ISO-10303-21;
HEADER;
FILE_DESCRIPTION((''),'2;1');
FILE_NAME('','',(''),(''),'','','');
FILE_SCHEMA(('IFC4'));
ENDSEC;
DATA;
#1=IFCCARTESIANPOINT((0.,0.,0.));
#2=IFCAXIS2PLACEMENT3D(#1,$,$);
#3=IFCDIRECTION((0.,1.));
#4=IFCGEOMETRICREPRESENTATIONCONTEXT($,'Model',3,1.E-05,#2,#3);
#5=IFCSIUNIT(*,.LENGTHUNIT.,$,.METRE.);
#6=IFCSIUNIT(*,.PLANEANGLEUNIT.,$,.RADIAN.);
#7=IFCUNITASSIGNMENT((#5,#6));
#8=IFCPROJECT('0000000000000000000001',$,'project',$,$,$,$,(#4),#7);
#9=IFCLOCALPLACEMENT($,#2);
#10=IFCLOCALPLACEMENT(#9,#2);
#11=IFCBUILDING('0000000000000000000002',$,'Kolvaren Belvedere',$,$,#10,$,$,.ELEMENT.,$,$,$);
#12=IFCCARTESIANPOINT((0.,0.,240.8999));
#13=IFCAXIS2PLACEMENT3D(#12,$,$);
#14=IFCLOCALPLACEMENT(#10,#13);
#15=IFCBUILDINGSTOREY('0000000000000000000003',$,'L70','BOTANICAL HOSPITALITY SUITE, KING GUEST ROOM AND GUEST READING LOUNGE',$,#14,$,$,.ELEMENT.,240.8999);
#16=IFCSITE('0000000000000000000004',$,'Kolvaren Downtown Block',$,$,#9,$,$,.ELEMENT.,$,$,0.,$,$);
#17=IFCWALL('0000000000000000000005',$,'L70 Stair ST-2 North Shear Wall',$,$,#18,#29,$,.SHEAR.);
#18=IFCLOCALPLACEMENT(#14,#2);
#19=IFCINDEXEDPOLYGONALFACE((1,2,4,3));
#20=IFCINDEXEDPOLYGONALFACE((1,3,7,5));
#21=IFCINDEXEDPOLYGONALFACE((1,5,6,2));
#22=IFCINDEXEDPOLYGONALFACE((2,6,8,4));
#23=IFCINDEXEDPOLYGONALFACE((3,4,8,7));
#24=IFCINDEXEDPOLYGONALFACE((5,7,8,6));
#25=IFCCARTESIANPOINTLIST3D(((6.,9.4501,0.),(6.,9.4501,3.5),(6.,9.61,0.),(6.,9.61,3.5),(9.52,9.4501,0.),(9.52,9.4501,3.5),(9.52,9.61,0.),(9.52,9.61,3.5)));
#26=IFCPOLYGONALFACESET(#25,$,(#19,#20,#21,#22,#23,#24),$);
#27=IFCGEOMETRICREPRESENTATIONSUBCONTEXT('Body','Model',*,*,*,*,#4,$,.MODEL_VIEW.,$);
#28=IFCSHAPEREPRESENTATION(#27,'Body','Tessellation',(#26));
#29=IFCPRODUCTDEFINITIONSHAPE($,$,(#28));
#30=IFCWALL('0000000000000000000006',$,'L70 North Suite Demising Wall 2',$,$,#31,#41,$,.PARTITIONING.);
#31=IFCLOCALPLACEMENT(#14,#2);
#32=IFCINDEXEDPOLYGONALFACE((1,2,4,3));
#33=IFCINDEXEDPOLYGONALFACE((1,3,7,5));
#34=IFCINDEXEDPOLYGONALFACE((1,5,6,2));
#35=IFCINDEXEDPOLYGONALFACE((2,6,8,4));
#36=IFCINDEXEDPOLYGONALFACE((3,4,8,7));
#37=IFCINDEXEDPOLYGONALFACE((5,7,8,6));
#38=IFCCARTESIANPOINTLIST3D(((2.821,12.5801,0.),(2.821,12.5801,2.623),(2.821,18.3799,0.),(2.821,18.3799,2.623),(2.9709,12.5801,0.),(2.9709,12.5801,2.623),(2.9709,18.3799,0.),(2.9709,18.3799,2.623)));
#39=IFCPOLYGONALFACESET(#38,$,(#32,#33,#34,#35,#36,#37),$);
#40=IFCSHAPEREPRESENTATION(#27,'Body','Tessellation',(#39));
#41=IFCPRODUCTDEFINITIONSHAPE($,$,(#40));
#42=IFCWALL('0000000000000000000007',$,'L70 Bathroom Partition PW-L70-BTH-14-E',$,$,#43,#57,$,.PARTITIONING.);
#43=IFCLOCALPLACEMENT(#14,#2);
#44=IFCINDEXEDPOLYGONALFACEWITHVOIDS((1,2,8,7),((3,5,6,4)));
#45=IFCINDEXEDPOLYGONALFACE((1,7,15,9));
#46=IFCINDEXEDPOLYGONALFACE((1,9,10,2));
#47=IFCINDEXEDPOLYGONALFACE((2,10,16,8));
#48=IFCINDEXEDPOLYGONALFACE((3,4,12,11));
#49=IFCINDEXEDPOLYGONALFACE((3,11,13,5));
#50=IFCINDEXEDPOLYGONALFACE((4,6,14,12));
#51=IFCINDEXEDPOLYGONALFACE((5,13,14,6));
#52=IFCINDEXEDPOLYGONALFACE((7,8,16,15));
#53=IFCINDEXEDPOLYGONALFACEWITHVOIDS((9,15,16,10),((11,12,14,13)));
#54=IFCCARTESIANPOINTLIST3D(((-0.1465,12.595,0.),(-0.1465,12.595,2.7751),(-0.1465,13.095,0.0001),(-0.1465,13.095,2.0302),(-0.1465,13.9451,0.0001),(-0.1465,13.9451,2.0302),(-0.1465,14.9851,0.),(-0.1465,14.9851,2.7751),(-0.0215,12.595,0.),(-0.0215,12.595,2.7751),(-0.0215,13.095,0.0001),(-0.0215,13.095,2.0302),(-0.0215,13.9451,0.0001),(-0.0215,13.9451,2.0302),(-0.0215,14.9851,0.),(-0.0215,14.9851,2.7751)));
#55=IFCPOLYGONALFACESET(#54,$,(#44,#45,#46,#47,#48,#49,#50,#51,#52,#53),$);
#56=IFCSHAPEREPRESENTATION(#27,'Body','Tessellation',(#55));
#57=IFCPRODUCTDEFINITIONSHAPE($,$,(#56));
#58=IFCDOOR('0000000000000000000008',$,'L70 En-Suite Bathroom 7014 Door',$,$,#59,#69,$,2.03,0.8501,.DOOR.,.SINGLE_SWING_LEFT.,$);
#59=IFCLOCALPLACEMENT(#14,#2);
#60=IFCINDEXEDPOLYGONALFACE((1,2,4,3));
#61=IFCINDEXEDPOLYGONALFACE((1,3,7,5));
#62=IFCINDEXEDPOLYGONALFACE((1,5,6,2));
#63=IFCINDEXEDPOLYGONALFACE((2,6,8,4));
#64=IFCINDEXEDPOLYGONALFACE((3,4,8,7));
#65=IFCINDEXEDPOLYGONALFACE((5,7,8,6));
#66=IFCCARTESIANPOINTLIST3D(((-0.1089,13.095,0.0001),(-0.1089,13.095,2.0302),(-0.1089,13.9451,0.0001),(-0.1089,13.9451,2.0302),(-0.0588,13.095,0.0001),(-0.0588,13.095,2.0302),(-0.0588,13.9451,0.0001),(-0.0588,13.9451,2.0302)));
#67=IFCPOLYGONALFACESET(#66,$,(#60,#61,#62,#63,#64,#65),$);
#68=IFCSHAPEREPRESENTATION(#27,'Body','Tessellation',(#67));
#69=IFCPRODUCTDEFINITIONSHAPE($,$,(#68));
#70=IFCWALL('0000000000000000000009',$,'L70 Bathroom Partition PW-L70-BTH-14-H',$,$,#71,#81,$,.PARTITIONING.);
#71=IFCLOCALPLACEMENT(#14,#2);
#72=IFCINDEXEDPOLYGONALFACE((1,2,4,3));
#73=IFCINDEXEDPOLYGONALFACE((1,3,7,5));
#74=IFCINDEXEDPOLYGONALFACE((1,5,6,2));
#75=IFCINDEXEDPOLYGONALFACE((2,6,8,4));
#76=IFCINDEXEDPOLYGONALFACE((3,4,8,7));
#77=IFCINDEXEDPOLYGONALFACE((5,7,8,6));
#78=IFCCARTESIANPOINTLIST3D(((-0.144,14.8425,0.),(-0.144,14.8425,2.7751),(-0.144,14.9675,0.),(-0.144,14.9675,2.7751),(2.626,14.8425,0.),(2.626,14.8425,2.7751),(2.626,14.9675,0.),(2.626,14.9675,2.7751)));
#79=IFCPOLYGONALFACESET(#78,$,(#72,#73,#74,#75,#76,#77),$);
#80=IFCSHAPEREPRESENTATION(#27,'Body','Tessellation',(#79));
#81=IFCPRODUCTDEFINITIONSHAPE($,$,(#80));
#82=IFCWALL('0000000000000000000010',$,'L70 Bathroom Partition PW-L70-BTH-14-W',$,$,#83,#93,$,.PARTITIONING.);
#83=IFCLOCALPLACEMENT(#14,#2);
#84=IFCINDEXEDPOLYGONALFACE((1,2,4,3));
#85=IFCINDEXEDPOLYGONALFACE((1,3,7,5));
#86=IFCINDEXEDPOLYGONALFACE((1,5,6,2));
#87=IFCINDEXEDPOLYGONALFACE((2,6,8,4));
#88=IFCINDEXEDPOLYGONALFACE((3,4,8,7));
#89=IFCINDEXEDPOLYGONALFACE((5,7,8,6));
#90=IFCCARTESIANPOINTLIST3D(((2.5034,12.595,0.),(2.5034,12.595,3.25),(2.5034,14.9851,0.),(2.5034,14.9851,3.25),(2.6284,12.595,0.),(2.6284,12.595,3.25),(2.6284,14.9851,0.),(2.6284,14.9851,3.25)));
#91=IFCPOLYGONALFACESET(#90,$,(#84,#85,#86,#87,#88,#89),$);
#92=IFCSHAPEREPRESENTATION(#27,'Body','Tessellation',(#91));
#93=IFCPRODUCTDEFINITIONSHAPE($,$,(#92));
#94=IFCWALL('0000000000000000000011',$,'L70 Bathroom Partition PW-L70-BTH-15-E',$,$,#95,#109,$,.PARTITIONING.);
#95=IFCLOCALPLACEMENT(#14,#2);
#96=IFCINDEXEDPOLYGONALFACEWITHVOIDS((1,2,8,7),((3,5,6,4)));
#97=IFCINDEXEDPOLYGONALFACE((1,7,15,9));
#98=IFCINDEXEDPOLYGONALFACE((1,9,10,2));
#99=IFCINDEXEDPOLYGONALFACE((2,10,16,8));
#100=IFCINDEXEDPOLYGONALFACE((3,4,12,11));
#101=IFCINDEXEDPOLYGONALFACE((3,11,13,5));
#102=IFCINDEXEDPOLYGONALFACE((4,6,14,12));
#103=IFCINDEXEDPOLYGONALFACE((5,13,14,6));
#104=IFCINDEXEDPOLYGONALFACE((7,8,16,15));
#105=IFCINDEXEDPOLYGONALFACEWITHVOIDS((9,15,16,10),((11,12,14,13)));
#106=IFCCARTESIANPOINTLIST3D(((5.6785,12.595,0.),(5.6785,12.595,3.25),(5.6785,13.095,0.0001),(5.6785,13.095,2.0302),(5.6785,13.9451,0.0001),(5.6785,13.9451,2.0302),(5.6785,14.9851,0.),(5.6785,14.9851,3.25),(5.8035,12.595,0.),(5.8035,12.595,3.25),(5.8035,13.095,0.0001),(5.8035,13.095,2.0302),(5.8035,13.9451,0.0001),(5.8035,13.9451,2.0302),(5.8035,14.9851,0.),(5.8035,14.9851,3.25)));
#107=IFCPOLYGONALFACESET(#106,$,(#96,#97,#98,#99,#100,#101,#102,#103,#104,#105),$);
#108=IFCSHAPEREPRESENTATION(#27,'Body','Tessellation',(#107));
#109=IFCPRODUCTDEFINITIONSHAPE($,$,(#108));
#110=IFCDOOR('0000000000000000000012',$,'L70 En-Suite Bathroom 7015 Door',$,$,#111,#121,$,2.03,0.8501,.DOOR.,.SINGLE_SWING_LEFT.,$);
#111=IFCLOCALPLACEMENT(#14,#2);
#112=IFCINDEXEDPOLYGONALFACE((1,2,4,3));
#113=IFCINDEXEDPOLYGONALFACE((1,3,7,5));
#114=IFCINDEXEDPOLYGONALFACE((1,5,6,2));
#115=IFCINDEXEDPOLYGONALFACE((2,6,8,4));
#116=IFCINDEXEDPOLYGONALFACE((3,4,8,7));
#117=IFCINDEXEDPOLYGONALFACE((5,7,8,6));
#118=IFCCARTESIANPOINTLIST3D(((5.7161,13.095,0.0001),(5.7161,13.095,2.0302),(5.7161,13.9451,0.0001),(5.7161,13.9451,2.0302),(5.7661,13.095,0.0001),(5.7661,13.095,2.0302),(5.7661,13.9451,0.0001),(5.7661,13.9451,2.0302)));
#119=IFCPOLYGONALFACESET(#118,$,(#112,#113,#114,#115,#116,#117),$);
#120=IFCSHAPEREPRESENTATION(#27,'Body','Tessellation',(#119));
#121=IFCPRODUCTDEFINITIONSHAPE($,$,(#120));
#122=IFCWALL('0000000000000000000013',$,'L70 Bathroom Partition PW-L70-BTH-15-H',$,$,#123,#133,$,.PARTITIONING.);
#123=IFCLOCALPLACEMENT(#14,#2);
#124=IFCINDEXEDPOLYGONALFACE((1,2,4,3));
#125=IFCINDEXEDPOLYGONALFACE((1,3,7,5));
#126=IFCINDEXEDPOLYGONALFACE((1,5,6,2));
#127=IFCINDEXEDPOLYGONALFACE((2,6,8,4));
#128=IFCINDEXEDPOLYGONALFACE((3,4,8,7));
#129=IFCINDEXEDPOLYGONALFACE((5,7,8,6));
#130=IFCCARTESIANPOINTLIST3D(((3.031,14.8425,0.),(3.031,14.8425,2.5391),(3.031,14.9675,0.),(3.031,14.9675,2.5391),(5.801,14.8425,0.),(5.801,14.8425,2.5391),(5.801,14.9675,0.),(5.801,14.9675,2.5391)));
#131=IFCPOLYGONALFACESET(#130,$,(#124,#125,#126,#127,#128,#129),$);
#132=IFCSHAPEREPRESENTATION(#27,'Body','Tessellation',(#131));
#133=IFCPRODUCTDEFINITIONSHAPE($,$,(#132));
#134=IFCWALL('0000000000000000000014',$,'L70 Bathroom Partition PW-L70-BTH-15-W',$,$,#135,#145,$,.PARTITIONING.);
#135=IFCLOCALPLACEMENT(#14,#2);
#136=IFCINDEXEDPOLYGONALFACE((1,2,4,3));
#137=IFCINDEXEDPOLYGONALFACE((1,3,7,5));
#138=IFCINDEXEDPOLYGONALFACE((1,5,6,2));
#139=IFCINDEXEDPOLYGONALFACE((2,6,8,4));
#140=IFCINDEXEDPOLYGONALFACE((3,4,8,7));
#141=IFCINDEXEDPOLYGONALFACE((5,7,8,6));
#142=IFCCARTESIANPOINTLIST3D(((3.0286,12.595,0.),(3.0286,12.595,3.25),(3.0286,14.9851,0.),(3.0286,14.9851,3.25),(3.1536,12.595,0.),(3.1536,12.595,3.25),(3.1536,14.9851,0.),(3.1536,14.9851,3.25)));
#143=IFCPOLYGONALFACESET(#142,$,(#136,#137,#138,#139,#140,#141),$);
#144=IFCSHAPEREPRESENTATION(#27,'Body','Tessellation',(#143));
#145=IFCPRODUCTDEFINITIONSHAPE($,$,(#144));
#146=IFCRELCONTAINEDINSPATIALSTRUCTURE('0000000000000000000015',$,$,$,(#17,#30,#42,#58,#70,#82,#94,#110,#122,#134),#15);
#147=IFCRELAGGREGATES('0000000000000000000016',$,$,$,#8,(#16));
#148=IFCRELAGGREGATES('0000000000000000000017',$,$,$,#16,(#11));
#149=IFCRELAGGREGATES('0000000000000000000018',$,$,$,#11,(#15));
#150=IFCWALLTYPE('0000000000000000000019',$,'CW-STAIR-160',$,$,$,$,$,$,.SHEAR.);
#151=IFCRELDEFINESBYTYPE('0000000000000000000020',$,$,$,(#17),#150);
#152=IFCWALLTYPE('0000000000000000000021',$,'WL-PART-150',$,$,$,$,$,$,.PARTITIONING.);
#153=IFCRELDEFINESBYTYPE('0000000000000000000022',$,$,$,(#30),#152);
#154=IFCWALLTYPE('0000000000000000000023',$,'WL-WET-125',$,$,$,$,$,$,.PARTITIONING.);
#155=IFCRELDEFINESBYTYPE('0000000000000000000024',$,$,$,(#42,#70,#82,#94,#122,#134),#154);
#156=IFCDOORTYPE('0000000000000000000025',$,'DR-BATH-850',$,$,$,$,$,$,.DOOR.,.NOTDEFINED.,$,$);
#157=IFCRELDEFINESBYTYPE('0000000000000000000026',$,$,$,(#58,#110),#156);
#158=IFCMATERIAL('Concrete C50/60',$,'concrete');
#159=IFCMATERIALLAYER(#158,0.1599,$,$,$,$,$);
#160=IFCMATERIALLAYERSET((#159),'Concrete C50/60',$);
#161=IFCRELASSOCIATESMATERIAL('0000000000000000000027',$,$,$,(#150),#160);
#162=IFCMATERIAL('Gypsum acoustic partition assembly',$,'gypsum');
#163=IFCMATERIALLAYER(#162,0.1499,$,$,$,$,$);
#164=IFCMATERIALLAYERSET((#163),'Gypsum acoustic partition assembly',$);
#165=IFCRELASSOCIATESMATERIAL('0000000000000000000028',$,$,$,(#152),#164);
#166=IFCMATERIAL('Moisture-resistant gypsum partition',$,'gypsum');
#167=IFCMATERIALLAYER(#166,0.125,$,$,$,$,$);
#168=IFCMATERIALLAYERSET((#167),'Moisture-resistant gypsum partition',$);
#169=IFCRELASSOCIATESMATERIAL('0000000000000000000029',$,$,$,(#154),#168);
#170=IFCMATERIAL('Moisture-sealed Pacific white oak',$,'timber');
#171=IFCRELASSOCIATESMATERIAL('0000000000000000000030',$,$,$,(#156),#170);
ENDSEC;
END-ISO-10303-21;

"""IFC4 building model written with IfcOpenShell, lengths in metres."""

from ifc_helpers import new_model, si_unit, direction, frame, frame_2d, origin, place, context, subcontext, project, spatial, rectangle, extrude, material, layer, layer_set, type_object, element, fill, save


model = new_model("IFC4")

# Units and contexts
model_context = context("Model", 3, precision=1e-05, world=origin(), true_north=direction((0.0, 1.0)))
body_context = subcontext(model_context, "Body", "Model", "MODEL_VIEW")
ifc_project = project(units=[si_unit("LENGTHUNIT", "METRE"), si_unit("PLANEANGLEUNIT", "RADIAN")], contexts=[model_context])

# Site, building, storey
site_placement = place(None, origin())
site = spatial("IfcSite", under=ifc_project, at=site_placement, Name="Kolvaren Downtown Block", CompositionType="ELEMENT", RefElevation=0.0)
building_placement = place(site_placement, origin())
building = spatial("IfcBuilding", under=site, at=building_placement, Name="Kolvaren Belvedere", CompositionType="ELEMENT")
storey_placement = place(building_placement, frame((0.0, 0.0, 240.8999)))
storey = spatial("IfcBuildingStorey", under=building, at=storey_placement, Name="L70", Description="BOTANICAL HOSPITALITY SUITE, KING GUEST ROOM AND GUEST READING LOUNGE", CompositionType="ELEMENT", Elevation=240.8999)

# Walls
ifc_material_1 = material(Name="Concrete C50/60", Category="concrete")
ifc_layer_1 = layer(ifc_material_1, 0.1599)
ifc_layer_set_1 = layer_set([ifc_layer_1], Name="Concrete C50/60")
wall_type_1 = type_object("IfcWallType", Name="CW-STAIR-160", PredefinedType="SHEAR", material=ifc_layer_set_1)
wall_1_placement = place(storey_placement, frame((6.0, 9.53, 0.0), z_axis=(0.0, 0.0, 1.0), x_axis=(1.0, 0.0, 0.0)))
element("IfcWall", 1, at=wall_1_placement, inside=storey, type_object=wall_type_1, Name="L70 Stair ST-2 North Shear Wall", PredefinedType="SHEAR", context=body_context, shape_type="SweptSolid", body=[
    extrude(rectangle(XDim=3.52, YDim=0.1599, at=frame_2d((1.76, 0.0))), origin(), (0.0, 0.0, 1.0), 3.5),
])
ifc_material_2 = material(Name="Gypsum acoustic partition assembly", Category="gypsum")
ifc_layer_2 = layer(ifc_material_2, 0.1499)
ifc_layer_set_2 = layer_set([ifc_layer_2], Name="Gypsum acoustic partition assembly")
wall_type_2 = type_object("IfcWallType", Name="WL-PART-150", PredefinedType="PARTITIONING", material=ifc_layer_set_2)
wall_2_placement = place(storey_placement, frame((2.896, 12.5801, 0.0), z_axis=(0.0, 0.0, 1.0), x_axis=(0.0, 1.0, 0.0)))
element("IfcWall", 2, at=wall_2_placement, inside=storey, type_object=wall_type_2, Name="L70 North Suite Demising Wall 2", PredefinedType="PARTITIONING", context=body_context, shape_type="SweptSolid", body=[
    extrude(rectangle(XDim=5.7998, YDim=0.1499, at=frame_2d((2.8999, 0.0))), origin(), (0.0, 0.0, 1.0), 2.623),
])

# Wall, opening, door
ifc_material_3 = material(Name="Moisture-resistant gypsum partition", Category="gypsum")
ifc_layer_3 = layer(ifc_material_3, 0.125)
ifc_layer_set_3 = layer_set([ifc_layer_3], Name="Moisture-resistant gypsum partition")
wall_type_3 = type_object("IfcWallType", Name="WL-WET-125", PredefinedType="PARTITIONING", material=ifc_layer_set_3)
wall_3_placement = place(storey_placement, frame((-0.084, 12.595, 0.0), z_axis=(0.0, 0.0, 1.0), x_axis=(0.0, 1.0, 0.0)))
wall_3 = element("IfcWall", 3, at=wall_3_placement, inside=storey, type_object=wall_type_3, Name="L70 Bathroom Partition PW-L70-BTH-14-E", PredefinedType="PARTITIONING", context=body_context, shape_type="SweptSolid", body=[
    extrude(rectangle(XDim=2.3901, YDim=0.125, at=frame_2d((1.1951, 0.0))), origin(), (0.0, 0.0, 1.0), 2.7751),
])
opening_1_placement = place(wall_3_placement, frame((0.5, 0.0, 0.0)))
opening_1 = element("IfcOpeningElement", 4, at=opening_1_placement, cuts=wall_3, PredefinedType="OPENING", context=body_context, shape_type="SweptSolid", body=[
    extrude(rectangle(XDim=0.8501, YDim=2.03, at=frame_2d((0.425, 1.0151))), frame((0.0, 0.0725, 0.0), z_axis=(0.0, -1.0, 0.0), x_axis=(1.0, 0.0, 0.0)), (0.0, 0.0, 1.0), 0.145),
])
ifc_material_4 = material(Name="Moisture-sealed Pacific white oak", Category="timber")
door_type = type_object("IfcDoorType", Name="DR-BATH-850", OperationType="NOTDEFINED", PredefinedType="DOOR", material=ifc_material_4)
door_1_placement = place(opening_1_placement, origin())
door_1 = element("IfcDoor", 5, at=door_1_placement, inside=storey, type_object=door_type, Name="L70 En-Suite Bathroom 7014 Door", OperationType="SINGLE_SWING_LEFT", OverallHeight=2.03, OverallWidth=0.8501, PredefinedType="DOOR", context=body_context, shape_type="SweptSolid", body=[
    extrude(rectangle(XDim=0.8501, YDim=2.03, at=frame_2d((0.425, 1.0151))), frame((0.0, 0.0249, 0.0), z_axis=(0.0, -1.0, 0.0), x_axis=(1.0, 0.0, 0.0)), (0.0, 0.0, 1.0), 0.05),
])
fill(opening_1, door_1)

# Walls
wall_4_placement = place(storey_placement, frame((-0.144, 14.905, 0.0), z_axis=(0.0, 0.0, 1.0), x_axis=(1.0, 0.0, 0.0)))
element("IfcWall", 6, at=wall_4_placement, inside=storey, type_object=wall_type_3, Name="L70 Bathroom Partition PW-L70-BTH-14-H", PredefinedType="PARTITIONING", context=body_context, shape_type="SweptSolid", body=[
    extrude(rectangle(XDim=2.77, YDim=0.125, at=frame_2d((1.385, 0.0))), origin(), (0.0, 0.0, 1.0), 2.7751),
])
wall_5_placement = place(storey_placement, frame((2.5659, 12.595, 0.0), z_axis=(0.0, 0.0, 1.0), x_axis=(0.0, 1.0, 0.0)))
element("IfcWall", 7, at=wall_5_placement, inside=storey, type_object=wall_type_3, Name="L70 Bathroom Partition PW-L70-BTH-14-W", PredefinedType="PARTITIONING", context=body_context, shape_type="SweptSolid", body=[
    extrude(rectangle(XDim=2.3901, YDim=0.125, at=frame_2d((1.1951, 0.0))), origin(), (0.0, 0.0, 1.0), 3.25),
])

# Wall, opening, door
wall_6_placement = place(storey_placement, frame((5.741, 12.595, 0.0), z_axis=(0.0, 0.0, 1.0), x_axis=(0.0, 1.0, 0.0)))
wall_6 = element("IfcWall", 8, at=wall_6_placement, inside=storey, type_object=wall_type_3, Name="L70 Bathroom Partition PW-L70-BTH-15-E", PredefinedType="PARTITIONING", context=body_context, shape_type="SweptSolid", body=[
    extrude(rectangle(XDim=2.3901, YDim=0.125, at=frame_2d((1.1951, 0.0))), origin(), (0.0, 0.0, 1.0), 3.25),
])
opening_2_placement = place(wall_6_placement, frame((0.5, 0.0, 0.0)))
opening_2 = element("IfcOpeningElement", 9, at=opening_2_placement, cuts=wall_6, PredefinedType="OPENING", context=body_context, shape_type="SweptSolid", body=[
    extrude(rectangle(XDim=0.8501, YDim=2.03, at=frame_2d((0.425, 1.0151))), frame((0.0, 0.0725, 0.0), z_axis=(0.0, -1.0, 0.0), x_axis=(1.0, 0.0, 0.0)), (0.0, 0.0, 1.0), 0.145),
])
door_2_placement = place(opening_2_placement, origin())
door_2 = element("IfcDoor", 10, at=door_2_placement, inside=storey, type_object=door_type, Name="L70 En-Suite Bathroom 7015 Door", OperationType="SINGLE_SWING_LEFT", OverallHeight=2.03, OverallWidth=0.8501, PredefinedType="DOOR", context=body_context, shape_type="SweptSolid", body=[
    extrude(rectangle(XDim=0.8501, YDim=2.03, at=frame_2d((0.425, 1.0151))), frame((0.0, 0.0249, 0.0), z_axis=(0.0, -1.0, 0.0), x_axis=(1.0, 0.0, 0.0)), (0.0, 0.0, 1.0), 0.05),
])
fill(opening_2, door_2)

# Walls
wall_7_placement = place(storey_placement, frame((3.031, 14.905, 0.0), z_axis=(0.0, 0.0, 1.0), x_axis=(1.0, 0.0, 0.0)))
element("IfcWall", 11, at=wall_7_placement, inside=storey, type_object=wall_type_3, Name="L70 Bathroom Partition PW-L70-BTH-15-H", PredefinedType="PARTITIONING", context=body_context, shape_type="SweptSolid", body=[
    extrude(rectangle(XDim=2.77, YDim=0.125, at=frame_2d((1.385, 0.0))), origin(), (0.0, 0.0, 1.0), 2.5391),
])
wall_8_placement = place(storey_placement, frame((3.0911, 12.595, 0.0), z_axis=(0.0, 0.0, 1.0), x_axis=(0.0, 1.0, 0.0)))
element("IfcWall", 12, at=wall_8_placement, inside=storey, type_object=wall_type_3, Name="L70 Bathroom Partition PW-L70-BTH-15-W", PredefinedType="PARTITIONING", context=body_context, shape_type="SweptSolid", body=[
    extrude(rectangle(XDim=2.3901, YDim=0.125, at=frame_2d((1.1951, 0.0))), origin(), (0.0, 0.0, 1.0), 3.25),
])

save(model, "model.ifc")
